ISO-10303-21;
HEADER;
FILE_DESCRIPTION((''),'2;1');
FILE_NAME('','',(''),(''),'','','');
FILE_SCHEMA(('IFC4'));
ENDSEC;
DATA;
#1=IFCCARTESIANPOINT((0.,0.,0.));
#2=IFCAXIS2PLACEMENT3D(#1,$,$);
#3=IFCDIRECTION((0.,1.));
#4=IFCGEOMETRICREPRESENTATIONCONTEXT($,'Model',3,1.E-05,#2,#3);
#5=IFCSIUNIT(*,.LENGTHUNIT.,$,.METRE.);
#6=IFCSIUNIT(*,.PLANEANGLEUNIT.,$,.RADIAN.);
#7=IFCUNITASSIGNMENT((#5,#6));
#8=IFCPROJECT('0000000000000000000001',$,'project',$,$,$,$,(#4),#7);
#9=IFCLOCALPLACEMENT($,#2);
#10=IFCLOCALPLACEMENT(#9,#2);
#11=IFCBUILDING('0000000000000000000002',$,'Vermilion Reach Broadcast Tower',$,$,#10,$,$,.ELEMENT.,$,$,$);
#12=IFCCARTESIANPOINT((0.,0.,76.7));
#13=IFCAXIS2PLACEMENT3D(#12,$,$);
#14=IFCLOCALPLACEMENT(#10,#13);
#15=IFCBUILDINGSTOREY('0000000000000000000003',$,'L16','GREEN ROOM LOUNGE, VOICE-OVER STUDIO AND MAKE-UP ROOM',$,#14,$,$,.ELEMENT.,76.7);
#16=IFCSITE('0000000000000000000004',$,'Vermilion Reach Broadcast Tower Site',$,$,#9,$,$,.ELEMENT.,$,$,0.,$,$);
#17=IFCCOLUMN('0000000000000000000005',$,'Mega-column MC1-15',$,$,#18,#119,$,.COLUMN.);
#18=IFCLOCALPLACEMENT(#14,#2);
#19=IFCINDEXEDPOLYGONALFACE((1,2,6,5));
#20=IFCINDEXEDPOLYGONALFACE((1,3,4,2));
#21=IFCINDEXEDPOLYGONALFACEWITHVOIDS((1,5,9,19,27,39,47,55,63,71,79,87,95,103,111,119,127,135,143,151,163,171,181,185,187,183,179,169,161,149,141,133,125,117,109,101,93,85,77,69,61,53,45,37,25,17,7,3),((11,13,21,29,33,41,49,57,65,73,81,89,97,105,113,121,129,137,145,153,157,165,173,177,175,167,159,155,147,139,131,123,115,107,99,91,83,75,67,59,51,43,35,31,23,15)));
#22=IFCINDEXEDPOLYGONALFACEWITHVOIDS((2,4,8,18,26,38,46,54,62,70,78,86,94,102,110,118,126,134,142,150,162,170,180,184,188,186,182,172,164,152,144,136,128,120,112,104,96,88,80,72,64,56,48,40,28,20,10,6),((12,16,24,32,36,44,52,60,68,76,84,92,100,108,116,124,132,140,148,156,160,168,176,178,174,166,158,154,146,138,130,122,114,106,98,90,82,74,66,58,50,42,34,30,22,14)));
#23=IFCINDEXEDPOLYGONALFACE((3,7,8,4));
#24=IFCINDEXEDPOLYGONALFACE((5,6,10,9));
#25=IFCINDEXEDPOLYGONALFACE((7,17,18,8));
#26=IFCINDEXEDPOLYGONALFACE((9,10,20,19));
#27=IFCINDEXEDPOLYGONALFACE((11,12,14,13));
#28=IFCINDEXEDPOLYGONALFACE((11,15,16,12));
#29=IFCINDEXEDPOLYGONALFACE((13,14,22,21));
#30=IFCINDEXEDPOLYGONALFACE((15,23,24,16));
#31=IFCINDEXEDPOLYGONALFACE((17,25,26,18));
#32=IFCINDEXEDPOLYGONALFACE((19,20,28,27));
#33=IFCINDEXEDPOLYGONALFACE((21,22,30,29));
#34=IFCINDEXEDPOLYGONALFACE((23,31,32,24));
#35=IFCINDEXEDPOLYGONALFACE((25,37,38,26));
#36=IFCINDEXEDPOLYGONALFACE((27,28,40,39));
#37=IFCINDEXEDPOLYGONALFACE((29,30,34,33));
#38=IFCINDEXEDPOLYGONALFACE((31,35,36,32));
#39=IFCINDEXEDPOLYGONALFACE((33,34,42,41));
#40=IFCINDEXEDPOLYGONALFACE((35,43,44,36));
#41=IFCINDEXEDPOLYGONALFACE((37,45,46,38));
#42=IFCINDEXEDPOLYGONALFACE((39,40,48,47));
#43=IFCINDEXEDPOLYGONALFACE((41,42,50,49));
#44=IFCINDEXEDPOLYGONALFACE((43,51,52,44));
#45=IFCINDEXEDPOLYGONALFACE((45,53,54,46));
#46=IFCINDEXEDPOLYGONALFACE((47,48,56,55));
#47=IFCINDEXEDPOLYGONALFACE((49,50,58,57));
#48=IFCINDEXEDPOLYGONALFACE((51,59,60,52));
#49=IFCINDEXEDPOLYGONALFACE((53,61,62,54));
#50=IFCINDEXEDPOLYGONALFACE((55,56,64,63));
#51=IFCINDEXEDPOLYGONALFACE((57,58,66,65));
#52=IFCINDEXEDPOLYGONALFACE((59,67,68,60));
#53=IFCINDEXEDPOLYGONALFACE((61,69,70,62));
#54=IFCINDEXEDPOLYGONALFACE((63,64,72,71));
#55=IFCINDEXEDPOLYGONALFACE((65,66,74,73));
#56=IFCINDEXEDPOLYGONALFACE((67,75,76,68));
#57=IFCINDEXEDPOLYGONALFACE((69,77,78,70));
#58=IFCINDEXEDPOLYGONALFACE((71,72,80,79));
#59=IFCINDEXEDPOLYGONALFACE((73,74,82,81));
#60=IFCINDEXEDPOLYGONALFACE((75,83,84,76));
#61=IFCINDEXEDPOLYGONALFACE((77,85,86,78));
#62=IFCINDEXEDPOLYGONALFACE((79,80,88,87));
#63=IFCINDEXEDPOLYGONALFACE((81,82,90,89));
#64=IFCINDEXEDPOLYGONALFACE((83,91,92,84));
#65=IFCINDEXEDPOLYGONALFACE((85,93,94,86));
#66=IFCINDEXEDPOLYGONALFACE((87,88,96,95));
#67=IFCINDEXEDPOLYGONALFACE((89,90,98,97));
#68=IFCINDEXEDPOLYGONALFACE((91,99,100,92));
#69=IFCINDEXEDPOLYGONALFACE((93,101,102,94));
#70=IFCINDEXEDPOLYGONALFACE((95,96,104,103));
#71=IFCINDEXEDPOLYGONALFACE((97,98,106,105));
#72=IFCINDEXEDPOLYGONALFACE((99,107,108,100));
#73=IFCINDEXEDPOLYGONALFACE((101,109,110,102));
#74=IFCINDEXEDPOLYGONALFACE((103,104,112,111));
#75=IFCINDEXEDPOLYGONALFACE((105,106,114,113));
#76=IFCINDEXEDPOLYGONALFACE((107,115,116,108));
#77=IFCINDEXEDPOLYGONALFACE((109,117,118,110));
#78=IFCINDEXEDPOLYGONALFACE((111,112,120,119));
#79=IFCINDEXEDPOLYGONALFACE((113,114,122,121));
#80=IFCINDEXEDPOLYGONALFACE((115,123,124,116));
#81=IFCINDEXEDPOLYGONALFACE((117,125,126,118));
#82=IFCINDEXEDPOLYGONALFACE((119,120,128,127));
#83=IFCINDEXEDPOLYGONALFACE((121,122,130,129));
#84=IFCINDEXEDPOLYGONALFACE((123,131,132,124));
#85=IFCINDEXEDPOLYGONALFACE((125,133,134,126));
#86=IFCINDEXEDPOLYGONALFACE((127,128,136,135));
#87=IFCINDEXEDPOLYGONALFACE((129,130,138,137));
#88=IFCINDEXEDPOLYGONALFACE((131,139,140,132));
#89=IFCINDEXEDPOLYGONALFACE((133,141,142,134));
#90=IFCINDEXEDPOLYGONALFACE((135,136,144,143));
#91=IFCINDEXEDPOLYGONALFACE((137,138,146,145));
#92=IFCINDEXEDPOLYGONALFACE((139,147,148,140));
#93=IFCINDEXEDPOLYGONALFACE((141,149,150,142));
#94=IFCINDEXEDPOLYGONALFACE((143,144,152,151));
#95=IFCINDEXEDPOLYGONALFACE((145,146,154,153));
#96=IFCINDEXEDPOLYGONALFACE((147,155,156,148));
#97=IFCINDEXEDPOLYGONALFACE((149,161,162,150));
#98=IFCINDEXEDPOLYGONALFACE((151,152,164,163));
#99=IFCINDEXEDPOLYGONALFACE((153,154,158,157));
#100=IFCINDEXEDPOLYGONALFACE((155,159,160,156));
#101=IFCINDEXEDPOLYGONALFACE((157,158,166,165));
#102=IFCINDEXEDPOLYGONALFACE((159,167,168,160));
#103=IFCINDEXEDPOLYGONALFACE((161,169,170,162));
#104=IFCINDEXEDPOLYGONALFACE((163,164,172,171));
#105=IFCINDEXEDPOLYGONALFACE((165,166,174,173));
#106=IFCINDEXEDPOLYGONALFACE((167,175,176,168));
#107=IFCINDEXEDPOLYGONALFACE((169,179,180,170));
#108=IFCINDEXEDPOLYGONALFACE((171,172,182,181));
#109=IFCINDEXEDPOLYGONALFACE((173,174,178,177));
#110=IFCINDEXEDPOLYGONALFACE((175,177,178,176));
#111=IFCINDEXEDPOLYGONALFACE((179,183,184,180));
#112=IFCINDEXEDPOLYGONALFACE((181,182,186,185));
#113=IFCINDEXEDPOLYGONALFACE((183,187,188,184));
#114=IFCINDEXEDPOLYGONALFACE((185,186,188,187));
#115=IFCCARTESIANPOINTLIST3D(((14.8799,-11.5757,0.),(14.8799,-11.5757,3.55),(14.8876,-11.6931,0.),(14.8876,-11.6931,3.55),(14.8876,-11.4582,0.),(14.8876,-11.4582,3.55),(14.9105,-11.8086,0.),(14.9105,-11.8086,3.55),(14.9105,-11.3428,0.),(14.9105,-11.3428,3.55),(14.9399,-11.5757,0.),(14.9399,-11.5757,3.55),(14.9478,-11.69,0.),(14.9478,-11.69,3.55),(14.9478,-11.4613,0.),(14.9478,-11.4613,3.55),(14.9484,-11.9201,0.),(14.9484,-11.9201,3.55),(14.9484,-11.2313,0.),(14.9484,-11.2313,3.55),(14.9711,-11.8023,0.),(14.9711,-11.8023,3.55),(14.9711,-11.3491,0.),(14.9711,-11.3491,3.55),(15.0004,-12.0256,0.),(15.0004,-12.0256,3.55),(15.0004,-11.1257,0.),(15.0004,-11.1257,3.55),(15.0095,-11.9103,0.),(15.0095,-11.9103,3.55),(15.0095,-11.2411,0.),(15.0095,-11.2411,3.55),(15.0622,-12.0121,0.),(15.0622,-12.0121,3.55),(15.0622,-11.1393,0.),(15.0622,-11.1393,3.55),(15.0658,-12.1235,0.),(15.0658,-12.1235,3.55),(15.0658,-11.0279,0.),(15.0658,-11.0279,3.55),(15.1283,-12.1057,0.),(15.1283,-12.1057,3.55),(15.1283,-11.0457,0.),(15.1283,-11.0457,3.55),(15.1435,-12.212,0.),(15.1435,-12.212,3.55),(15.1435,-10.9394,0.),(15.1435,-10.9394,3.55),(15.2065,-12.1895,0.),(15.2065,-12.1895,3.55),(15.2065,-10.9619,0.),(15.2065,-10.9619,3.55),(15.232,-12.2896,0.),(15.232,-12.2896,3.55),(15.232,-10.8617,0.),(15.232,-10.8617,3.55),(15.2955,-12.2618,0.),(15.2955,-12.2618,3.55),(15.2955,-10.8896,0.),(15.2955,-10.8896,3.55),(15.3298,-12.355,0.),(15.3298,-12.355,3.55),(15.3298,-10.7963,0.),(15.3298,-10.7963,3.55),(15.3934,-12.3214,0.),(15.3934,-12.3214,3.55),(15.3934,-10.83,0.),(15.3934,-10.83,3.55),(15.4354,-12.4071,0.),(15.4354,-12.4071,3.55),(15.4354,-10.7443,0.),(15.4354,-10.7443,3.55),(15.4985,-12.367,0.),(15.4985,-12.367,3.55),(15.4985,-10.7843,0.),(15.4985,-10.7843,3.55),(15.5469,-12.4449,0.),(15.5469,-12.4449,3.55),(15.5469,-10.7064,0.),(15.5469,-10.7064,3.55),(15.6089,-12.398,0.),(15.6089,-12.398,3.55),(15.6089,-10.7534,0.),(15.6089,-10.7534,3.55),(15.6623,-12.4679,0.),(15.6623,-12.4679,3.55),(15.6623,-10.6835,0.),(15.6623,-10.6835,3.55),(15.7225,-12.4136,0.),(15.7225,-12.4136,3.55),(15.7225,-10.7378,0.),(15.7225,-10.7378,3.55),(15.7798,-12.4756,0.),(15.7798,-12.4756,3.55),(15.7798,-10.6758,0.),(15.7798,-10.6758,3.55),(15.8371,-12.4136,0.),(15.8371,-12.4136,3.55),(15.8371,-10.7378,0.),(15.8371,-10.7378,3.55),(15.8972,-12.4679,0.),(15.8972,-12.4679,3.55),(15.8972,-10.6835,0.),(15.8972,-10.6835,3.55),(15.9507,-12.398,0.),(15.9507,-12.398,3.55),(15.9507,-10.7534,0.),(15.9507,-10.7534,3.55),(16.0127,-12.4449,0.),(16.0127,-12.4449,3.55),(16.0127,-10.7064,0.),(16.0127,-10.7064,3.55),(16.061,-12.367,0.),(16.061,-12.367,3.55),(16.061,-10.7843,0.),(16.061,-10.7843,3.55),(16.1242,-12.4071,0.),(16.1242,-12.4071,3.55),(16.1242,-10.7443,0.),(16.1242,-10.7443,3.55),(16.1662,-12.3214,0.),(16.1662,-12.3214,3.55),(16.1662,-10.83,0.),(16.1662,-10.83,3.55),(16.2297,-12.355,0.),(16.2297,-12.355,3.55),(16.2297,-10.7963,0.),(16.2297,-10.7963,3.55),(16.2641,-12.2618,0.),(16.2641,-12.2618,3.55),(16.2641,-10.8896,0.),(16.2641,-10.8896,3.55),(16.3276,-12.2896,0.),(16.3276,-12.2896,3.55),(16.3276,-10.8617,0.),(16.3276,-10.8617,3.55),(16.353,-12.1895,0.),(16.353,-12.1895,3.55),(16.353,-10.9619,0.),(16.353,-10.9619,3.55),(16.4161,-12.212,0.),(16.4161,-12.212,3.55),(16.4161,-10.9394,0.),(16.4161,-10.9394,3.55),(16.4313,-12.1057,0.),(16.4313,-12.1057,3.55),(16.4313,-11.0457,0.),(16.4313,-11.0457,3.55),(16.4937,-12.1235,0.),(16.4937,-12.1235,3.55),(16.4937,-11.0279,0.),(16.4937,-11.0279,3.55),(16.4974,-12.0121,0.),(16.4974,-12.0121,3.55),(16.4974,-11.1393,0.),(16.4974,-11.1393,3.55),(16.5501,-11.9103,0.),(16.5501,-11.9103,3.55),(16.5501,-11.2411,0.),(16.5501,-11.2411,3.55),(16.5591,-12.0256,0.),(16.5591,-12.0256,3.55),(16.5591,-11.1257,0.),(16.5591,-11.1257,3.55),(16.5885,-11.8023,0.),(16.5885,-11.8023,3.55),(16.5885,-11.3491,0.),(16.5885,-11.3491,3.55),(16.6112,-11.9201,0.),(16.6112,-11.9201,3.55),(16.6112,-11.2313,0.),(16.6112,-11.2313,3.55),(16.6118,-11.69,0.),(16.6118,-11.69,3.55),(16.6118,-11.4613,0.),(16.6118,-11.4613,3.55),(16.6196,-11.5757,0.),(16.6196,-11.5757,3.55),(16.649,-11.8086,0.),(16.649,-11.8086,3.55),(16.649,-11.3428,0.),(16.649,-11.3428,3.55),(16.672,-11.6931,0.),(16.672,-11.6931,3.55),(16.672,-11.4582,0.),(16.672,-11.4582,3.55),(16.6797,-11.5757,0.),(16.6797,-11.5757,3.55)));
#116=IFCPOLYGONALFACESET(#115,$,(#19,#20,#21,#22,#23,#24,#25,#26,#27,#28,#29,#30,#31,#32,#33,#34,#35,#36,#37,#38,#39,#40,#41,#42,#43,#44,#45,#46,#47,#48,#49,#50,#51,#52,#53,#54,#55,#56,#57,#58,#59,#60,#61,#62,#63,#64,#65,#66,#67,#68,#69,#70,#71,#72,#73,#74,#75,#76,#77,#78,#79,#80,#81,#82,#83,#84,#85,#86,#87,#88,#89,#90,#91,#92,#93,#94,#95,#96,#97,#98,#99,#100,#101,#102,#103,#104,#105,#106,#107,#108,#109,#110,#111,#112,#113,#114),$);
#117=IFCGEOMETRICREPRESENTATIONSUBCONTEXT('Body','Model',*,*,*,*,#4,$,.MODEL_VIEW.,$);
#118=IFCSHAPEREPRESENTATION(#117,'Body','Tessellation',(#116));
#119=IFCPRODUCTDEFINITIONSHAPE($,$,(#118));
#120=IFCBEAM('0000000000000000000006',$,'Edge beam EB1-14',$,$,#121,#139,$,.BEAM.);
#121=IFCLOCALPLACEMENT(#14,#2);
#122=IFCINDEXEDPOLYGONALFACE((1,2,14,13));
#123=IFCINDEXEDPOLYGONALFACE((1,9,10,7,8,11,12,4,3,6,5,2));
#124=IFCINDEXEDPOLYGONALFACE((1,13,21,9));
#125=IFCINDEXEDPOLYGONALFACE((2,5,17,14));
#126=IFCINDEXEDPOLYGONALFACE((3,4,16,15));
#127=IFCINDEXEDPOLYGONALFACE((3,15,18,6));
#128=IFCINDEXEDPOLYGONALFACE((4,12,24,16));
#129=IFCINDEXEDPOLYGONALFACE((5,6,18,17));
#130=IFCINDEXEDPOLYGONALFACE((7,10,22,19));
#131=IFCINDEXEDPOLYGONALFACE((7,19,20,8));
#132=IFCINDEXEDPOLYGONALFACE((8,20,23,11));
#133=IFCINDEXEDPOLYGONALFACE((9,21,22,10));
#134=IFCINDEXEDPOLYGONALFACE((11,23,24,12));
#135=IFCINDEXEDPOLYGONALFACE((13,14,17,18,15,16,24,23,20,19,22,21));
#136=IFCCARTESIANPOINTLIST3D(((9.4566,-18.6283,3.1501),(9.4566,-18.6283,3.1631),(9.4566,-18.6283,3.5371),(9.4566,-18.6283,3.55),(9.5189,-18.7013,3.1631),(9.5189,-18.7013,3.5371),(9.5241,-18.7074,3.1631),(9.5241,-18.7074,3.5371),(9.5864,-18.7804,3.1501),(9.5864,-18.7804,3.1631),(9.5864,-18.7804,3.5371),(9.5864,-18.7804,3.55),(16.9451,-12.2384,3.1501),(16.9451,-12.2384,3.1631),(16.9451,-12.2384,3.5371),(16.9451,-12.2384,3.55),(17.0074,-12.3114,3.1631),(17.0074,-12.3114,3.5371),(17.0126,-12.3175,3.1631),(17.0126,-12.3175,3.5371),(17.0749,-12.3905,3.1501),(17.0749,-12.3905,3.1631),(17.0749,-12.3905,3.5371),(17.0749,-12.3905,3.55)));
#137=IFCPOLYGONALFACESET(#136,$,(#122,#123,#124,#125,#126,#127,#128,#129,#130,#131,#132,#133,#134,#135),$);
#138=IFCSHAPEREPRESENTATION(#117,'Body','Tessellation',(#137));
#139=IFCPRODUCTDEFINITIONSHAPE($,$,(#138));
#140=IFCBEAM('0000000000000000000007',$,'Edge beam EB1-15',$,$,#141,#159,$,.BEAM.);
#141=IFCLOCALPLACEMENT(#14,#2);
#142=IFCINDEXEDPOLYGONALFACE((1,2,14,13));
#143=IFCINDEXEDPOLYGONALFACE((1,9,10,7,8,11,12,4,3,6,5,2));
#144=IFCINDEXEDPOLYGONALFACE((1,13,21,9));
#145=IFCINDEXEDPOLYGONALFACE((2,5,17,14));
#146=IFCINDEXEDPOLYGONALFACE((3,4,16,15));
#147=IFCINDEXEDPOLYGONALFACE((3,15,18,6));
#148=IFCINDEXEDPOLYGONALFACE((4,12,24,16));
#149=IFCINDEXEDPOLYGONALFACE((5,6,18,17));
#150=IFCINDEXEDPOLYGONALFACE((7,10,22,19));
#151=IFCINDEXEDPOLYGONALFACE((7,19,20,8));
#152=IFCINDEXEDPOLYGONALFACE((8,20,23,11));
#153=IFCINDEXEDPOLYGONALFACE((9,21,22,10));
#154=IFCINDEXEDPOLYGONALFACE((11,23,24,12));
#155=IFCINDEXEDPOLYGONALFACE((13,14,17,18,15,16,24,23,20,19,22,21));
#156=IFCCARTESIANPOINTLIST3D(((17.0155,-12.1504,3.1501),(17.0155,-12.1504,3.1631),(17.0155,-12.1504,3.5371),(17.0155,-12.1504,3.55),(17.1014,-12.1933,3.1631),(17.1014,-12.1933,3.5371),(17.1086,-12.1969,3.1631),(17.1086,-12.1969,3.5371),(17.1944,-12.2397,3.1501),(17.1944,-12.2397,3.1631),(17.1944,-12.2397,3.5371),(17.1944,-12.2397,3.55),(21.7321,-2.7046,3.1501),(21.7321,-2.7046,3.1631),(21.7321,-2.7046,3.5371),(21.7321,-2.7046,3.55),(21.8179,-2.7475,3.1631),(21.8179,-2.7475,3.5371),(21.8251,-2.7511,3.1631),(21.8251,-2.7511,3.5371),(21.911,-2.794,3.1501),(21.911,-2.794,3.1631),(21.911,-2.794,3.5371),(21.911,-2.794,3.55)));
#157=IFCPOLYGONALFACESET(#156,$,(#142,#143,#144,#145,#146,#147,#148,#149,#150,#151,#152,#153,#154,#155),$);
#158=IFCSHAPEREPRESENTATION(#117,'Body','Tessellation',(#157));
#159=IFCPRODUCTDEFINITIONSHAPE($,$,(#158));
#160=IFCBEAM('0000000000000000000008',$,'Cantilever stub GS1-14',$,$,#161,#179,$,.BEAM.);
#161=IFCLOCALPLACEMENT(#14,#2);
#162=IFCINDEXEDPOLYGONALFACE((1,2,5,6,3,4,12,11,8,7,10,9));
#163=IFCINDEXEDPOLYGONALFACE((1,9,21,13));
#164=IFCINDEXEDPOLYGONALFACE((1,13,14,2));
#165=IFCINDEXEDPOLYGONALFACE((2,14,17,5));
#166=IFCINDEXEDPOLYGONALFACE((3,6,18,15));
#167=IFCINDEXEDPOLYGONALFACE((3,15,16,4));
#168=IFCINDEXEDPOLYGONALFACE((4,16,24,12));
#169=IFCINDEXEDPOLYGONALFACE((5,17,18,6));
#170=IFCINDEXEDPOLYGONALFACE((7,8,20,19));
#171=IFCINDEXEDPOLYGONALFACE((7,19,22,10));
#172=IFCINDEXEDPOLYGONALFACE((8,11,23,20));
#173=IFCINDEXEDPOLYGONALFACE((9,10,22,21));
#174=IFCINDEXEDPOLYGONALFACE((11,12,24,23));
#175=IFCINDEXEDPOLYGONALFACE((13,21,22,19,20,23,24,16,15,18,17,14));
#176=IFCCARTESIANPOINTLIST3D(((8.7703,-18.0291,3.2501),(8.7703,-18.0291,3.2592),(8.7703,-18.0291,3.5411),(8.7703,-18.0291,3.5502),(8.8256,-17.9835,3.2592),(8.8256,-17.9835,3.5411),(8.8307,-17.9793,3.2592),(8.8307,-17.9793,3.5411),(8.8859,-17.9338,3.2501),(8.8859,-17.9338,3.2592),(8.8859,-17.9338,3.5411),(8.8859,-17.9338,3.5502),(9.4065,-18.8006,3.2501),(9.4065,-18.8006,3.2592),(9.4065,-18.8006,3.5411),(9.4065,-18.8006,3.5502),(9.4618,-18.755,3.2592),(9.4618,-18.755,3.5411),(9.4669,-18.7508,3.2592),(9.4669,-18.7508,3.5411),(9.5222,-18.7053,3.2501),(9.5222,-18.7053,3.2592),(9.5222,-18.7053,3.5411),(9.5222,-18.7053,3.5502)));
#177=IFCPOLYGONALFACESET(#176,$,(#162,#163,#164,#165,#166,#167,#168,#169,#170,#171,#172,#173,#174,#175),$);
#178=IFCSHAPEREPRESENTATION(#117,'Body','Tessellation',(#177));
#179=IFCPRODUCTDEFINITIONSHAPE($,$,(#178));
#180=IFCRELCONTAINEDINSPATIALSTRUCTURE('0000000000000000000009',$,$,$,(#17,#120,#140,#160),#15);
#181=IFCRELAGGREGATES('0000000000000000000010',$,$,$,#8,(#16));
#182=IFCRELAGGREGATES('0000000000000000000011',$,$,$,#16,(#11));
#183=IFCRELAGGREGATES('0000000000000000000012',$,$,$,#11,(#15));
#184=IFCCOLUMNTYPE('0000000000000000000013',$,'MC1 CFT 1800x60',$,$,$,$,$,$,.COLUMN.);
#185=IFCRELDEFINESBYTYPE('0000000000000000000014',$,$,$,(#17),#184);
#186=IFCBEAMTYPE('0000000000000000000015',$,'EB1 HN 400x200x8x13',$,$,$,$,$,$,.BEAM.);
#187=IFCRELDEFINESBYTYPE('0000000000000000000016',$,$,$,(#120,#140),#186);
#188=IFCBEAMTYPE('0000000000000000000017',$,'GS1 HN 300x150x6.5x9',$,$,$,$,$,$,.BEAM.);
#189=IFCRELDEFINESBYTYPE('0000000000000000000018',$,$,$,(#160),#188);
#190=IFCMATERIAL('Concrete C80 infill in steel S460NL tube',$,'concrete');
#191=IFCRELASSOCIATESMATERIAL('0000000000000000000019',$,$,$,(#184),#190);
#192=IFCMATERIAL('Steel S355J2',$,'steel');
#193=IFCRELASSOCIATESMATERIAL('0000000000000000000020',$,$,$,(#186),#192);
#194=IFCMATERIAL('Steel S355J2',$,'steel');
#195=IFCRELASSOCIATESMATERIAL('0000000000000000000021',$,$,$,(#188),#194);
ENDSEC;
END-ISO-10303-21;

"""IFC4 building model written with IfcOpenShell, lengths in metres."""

from ifc_helpers import new_model, si_unit, direction, frame, origin, origin_2d, place, context, subcontext, project, spatial, hollow_circle, i_section, extrude, material, material_profile, profile_set, type_object, element, save


model = new_model("IFC4")

# Units and contexts
model_context = context("Model", 3, precision=1e-05, world=origin(), true_north=direction((0.0, 1.0)))
body_context = subcontext(model_context, "Body", "Model", "MODEL_VIEW")
ifc_project = project(units=[si_unit("LENGTHUNIT", "METRE"), si_unit("PLANEANGLEUNIT", "RADIAN")], contexts=[model_context])

# Site, building, storey
site_placement = place(None, origin())
site = spatial("IfcSite", under=ifc_project, at=site_placement, Name="Vermilion Reach Broadcast Tower Site", CompositionType="ELEMENT", RefElevation=0.0)
building_placement = place(site_placement, origin())
building = spatial("IfcBuilding", under=site, at=building_placement, Name="Vermilion Reach Broadcast Tower", CompositionType="ELEMENT")
storey_placement = place(building_placement, frame((0.0, 0.0, 76.7)))
storey = spatial("IfcBuildingStorey", under=building, at=storey_placement, Name="L16", Description="GREEN ROOM LOUNGE, VOICE-OVER STUDIO AND MAKE-UP ROOM", CompositionType="ELEMENT", Elevation=76.7)

# Column
ifc_material_1 = material(Name="Concrete C80 infill in steel S460NL tube", Category="concrete")
ifc_material_profile_1 = material_profile(ifc_material_1, hollow_circle(Radius=0.8999, WallThickness=0.0601, at=origin_2d()), Name="Concrete C80 infill in steel S460NL tube CFT 1800x60")
ifc_profile_set_1 = profile_set([ifc_material_profile_1], Name="Concrete C80 infill in steel S460NL tube")
column_type = type_object("IfcColumnType", Name="MC1 CFT 1800x60", PredefinedType="COLUMN", material=ifc_profile_set_1)
for number, where, z_axis, x_axis, name in (
    (1, (15.7798, -11.5757, 0.0), (0.0, 0.0, 1.0), (1.0, 0.0, 0.0), "Mega-column MC1-15"),
):
    element("IfcColumn", number, at=place(storey_placement, frame(where, z_axis=z_axis, x_axis=x_axis)), inside=storey, type_object=column_type, Name=name, PredefinedType="COLUMN", context=body_context, shape_type="SweptSolid", body=[
        extrude(hollow_circle(Radius=0.8999, WallThickness=0.0601, at=origin_2d()), origin(), (0.0, 0.0, 1.0), 3.55),
    ])

# Beams
ifc_material_2 = material(Name="Steel S355J2", Category="steel")
ifc_material_profile_2 = material_profile(ifc_material_2, i_section(OverallWidth=0.2, OverallDepth=0.3999, WebThickness=0.0081, FlangeThickness=0.0129, at=origin_2d()), Name="S355J2 HN 400x200x8x13")
ifc_profile_set_2 = profile_set([ifc_material_profile_2], Name="Steel S355J2")
beam_type_1 = type_object("IfcBeamType", Name="EB1 HN 400x200x8x13", PredefinedType="BEAM", material=ifc_profile_set_2)
beam_1_placement = place(storey_placement, frame((9.5215, -18.7043, 3.3501), z_axis=(0.760702, 0.649101, 0.0), x_axis=(-0.649101, 0.760702, 0.0)))
element("IfcBeam", 2, at=beam_1_placement, inside=storey, type_object=beam_type_1, Name="Edge beam EB1-14", PredefinedType="BEAM", context=body_context, shape_type="SweptSolid", body=[
    extrude(i_section(OverallWidth=0.2, OverallDepth=0.3999, WebThickness=0.0081, FlangeThickness=0.0129, at=origin_2d()), origin(), (0.0, 0.0, 1.0), 9.8442),
])
beam_2_placement = place(storey_placement, frame((17.105, -12.1951, 3.3501), z_axis=(0.446733, 0.894668, 0.0), x_axis=(-0.894668, 0.446733, 0.0)))
element("IfcBeam", 3, at=beam_2_placement, inside=storey, type_object=beam_type_1, Name="Edge beam EB1-15", PredefinedType="BEAM", context=body_context, shape_type="SweptSolid", body=[
    extrude(i_section(OverallWidth=0.2, OverallDepth=0.3999, WebThickness=0.0081, FlangeThickness=0.0129, at=origin_2d()), origin(), (0.0, 0.0, 1.0), 10.5579),
])
ifc_material_3 = material(Name="Steel S355J2", Category="steel")
ifc_material_profile_3 = material_profile(ifc_material_3, i_section(OverallWidth=0.1499, OverallDepth=0.3, WebThickness=0.0066, FlangeThickness=0.009, at=origin_2d()), Name="S355J2 HN 300x150x6.5x9")
ifc_profile_set_3 = profile_set([ifc_material_profile_3], Name="Steel S355J2")
beam_type_2 = type_object("IfcBeamType", Name="GS1 HN 300x150x6.5x9", PredefinedType="BEAM", material=ifc_profile_set_3)
for number, where, z_axis, x_axis, name in (
    (4, (8.8281, -17.9814, 3.4001), (0.636238, -0.771493, 0.0), (0.771493, 0.636238, 0.0), "Cantilever stub GS1-14"),
):
    element("IfcBeam", number, at=place(storey_placement, frame(where, z_axis=z_axis, x_axis=x_axis)), inside=storey, type_object=beam_type_2, Name=name, PredefinedType="BEAM", context=body_context, shape_type="SweptSolid", body=[
        extrude(i_section(OverallWidth=0.1499, OverallDepth=0.3, WebThickness=0.0066, FlangeThickness=0.009, at=origin_2d()), origin(), (0.0, 0.0, 1.0), 1.0),
    ])

save(model, "model.ifc")
